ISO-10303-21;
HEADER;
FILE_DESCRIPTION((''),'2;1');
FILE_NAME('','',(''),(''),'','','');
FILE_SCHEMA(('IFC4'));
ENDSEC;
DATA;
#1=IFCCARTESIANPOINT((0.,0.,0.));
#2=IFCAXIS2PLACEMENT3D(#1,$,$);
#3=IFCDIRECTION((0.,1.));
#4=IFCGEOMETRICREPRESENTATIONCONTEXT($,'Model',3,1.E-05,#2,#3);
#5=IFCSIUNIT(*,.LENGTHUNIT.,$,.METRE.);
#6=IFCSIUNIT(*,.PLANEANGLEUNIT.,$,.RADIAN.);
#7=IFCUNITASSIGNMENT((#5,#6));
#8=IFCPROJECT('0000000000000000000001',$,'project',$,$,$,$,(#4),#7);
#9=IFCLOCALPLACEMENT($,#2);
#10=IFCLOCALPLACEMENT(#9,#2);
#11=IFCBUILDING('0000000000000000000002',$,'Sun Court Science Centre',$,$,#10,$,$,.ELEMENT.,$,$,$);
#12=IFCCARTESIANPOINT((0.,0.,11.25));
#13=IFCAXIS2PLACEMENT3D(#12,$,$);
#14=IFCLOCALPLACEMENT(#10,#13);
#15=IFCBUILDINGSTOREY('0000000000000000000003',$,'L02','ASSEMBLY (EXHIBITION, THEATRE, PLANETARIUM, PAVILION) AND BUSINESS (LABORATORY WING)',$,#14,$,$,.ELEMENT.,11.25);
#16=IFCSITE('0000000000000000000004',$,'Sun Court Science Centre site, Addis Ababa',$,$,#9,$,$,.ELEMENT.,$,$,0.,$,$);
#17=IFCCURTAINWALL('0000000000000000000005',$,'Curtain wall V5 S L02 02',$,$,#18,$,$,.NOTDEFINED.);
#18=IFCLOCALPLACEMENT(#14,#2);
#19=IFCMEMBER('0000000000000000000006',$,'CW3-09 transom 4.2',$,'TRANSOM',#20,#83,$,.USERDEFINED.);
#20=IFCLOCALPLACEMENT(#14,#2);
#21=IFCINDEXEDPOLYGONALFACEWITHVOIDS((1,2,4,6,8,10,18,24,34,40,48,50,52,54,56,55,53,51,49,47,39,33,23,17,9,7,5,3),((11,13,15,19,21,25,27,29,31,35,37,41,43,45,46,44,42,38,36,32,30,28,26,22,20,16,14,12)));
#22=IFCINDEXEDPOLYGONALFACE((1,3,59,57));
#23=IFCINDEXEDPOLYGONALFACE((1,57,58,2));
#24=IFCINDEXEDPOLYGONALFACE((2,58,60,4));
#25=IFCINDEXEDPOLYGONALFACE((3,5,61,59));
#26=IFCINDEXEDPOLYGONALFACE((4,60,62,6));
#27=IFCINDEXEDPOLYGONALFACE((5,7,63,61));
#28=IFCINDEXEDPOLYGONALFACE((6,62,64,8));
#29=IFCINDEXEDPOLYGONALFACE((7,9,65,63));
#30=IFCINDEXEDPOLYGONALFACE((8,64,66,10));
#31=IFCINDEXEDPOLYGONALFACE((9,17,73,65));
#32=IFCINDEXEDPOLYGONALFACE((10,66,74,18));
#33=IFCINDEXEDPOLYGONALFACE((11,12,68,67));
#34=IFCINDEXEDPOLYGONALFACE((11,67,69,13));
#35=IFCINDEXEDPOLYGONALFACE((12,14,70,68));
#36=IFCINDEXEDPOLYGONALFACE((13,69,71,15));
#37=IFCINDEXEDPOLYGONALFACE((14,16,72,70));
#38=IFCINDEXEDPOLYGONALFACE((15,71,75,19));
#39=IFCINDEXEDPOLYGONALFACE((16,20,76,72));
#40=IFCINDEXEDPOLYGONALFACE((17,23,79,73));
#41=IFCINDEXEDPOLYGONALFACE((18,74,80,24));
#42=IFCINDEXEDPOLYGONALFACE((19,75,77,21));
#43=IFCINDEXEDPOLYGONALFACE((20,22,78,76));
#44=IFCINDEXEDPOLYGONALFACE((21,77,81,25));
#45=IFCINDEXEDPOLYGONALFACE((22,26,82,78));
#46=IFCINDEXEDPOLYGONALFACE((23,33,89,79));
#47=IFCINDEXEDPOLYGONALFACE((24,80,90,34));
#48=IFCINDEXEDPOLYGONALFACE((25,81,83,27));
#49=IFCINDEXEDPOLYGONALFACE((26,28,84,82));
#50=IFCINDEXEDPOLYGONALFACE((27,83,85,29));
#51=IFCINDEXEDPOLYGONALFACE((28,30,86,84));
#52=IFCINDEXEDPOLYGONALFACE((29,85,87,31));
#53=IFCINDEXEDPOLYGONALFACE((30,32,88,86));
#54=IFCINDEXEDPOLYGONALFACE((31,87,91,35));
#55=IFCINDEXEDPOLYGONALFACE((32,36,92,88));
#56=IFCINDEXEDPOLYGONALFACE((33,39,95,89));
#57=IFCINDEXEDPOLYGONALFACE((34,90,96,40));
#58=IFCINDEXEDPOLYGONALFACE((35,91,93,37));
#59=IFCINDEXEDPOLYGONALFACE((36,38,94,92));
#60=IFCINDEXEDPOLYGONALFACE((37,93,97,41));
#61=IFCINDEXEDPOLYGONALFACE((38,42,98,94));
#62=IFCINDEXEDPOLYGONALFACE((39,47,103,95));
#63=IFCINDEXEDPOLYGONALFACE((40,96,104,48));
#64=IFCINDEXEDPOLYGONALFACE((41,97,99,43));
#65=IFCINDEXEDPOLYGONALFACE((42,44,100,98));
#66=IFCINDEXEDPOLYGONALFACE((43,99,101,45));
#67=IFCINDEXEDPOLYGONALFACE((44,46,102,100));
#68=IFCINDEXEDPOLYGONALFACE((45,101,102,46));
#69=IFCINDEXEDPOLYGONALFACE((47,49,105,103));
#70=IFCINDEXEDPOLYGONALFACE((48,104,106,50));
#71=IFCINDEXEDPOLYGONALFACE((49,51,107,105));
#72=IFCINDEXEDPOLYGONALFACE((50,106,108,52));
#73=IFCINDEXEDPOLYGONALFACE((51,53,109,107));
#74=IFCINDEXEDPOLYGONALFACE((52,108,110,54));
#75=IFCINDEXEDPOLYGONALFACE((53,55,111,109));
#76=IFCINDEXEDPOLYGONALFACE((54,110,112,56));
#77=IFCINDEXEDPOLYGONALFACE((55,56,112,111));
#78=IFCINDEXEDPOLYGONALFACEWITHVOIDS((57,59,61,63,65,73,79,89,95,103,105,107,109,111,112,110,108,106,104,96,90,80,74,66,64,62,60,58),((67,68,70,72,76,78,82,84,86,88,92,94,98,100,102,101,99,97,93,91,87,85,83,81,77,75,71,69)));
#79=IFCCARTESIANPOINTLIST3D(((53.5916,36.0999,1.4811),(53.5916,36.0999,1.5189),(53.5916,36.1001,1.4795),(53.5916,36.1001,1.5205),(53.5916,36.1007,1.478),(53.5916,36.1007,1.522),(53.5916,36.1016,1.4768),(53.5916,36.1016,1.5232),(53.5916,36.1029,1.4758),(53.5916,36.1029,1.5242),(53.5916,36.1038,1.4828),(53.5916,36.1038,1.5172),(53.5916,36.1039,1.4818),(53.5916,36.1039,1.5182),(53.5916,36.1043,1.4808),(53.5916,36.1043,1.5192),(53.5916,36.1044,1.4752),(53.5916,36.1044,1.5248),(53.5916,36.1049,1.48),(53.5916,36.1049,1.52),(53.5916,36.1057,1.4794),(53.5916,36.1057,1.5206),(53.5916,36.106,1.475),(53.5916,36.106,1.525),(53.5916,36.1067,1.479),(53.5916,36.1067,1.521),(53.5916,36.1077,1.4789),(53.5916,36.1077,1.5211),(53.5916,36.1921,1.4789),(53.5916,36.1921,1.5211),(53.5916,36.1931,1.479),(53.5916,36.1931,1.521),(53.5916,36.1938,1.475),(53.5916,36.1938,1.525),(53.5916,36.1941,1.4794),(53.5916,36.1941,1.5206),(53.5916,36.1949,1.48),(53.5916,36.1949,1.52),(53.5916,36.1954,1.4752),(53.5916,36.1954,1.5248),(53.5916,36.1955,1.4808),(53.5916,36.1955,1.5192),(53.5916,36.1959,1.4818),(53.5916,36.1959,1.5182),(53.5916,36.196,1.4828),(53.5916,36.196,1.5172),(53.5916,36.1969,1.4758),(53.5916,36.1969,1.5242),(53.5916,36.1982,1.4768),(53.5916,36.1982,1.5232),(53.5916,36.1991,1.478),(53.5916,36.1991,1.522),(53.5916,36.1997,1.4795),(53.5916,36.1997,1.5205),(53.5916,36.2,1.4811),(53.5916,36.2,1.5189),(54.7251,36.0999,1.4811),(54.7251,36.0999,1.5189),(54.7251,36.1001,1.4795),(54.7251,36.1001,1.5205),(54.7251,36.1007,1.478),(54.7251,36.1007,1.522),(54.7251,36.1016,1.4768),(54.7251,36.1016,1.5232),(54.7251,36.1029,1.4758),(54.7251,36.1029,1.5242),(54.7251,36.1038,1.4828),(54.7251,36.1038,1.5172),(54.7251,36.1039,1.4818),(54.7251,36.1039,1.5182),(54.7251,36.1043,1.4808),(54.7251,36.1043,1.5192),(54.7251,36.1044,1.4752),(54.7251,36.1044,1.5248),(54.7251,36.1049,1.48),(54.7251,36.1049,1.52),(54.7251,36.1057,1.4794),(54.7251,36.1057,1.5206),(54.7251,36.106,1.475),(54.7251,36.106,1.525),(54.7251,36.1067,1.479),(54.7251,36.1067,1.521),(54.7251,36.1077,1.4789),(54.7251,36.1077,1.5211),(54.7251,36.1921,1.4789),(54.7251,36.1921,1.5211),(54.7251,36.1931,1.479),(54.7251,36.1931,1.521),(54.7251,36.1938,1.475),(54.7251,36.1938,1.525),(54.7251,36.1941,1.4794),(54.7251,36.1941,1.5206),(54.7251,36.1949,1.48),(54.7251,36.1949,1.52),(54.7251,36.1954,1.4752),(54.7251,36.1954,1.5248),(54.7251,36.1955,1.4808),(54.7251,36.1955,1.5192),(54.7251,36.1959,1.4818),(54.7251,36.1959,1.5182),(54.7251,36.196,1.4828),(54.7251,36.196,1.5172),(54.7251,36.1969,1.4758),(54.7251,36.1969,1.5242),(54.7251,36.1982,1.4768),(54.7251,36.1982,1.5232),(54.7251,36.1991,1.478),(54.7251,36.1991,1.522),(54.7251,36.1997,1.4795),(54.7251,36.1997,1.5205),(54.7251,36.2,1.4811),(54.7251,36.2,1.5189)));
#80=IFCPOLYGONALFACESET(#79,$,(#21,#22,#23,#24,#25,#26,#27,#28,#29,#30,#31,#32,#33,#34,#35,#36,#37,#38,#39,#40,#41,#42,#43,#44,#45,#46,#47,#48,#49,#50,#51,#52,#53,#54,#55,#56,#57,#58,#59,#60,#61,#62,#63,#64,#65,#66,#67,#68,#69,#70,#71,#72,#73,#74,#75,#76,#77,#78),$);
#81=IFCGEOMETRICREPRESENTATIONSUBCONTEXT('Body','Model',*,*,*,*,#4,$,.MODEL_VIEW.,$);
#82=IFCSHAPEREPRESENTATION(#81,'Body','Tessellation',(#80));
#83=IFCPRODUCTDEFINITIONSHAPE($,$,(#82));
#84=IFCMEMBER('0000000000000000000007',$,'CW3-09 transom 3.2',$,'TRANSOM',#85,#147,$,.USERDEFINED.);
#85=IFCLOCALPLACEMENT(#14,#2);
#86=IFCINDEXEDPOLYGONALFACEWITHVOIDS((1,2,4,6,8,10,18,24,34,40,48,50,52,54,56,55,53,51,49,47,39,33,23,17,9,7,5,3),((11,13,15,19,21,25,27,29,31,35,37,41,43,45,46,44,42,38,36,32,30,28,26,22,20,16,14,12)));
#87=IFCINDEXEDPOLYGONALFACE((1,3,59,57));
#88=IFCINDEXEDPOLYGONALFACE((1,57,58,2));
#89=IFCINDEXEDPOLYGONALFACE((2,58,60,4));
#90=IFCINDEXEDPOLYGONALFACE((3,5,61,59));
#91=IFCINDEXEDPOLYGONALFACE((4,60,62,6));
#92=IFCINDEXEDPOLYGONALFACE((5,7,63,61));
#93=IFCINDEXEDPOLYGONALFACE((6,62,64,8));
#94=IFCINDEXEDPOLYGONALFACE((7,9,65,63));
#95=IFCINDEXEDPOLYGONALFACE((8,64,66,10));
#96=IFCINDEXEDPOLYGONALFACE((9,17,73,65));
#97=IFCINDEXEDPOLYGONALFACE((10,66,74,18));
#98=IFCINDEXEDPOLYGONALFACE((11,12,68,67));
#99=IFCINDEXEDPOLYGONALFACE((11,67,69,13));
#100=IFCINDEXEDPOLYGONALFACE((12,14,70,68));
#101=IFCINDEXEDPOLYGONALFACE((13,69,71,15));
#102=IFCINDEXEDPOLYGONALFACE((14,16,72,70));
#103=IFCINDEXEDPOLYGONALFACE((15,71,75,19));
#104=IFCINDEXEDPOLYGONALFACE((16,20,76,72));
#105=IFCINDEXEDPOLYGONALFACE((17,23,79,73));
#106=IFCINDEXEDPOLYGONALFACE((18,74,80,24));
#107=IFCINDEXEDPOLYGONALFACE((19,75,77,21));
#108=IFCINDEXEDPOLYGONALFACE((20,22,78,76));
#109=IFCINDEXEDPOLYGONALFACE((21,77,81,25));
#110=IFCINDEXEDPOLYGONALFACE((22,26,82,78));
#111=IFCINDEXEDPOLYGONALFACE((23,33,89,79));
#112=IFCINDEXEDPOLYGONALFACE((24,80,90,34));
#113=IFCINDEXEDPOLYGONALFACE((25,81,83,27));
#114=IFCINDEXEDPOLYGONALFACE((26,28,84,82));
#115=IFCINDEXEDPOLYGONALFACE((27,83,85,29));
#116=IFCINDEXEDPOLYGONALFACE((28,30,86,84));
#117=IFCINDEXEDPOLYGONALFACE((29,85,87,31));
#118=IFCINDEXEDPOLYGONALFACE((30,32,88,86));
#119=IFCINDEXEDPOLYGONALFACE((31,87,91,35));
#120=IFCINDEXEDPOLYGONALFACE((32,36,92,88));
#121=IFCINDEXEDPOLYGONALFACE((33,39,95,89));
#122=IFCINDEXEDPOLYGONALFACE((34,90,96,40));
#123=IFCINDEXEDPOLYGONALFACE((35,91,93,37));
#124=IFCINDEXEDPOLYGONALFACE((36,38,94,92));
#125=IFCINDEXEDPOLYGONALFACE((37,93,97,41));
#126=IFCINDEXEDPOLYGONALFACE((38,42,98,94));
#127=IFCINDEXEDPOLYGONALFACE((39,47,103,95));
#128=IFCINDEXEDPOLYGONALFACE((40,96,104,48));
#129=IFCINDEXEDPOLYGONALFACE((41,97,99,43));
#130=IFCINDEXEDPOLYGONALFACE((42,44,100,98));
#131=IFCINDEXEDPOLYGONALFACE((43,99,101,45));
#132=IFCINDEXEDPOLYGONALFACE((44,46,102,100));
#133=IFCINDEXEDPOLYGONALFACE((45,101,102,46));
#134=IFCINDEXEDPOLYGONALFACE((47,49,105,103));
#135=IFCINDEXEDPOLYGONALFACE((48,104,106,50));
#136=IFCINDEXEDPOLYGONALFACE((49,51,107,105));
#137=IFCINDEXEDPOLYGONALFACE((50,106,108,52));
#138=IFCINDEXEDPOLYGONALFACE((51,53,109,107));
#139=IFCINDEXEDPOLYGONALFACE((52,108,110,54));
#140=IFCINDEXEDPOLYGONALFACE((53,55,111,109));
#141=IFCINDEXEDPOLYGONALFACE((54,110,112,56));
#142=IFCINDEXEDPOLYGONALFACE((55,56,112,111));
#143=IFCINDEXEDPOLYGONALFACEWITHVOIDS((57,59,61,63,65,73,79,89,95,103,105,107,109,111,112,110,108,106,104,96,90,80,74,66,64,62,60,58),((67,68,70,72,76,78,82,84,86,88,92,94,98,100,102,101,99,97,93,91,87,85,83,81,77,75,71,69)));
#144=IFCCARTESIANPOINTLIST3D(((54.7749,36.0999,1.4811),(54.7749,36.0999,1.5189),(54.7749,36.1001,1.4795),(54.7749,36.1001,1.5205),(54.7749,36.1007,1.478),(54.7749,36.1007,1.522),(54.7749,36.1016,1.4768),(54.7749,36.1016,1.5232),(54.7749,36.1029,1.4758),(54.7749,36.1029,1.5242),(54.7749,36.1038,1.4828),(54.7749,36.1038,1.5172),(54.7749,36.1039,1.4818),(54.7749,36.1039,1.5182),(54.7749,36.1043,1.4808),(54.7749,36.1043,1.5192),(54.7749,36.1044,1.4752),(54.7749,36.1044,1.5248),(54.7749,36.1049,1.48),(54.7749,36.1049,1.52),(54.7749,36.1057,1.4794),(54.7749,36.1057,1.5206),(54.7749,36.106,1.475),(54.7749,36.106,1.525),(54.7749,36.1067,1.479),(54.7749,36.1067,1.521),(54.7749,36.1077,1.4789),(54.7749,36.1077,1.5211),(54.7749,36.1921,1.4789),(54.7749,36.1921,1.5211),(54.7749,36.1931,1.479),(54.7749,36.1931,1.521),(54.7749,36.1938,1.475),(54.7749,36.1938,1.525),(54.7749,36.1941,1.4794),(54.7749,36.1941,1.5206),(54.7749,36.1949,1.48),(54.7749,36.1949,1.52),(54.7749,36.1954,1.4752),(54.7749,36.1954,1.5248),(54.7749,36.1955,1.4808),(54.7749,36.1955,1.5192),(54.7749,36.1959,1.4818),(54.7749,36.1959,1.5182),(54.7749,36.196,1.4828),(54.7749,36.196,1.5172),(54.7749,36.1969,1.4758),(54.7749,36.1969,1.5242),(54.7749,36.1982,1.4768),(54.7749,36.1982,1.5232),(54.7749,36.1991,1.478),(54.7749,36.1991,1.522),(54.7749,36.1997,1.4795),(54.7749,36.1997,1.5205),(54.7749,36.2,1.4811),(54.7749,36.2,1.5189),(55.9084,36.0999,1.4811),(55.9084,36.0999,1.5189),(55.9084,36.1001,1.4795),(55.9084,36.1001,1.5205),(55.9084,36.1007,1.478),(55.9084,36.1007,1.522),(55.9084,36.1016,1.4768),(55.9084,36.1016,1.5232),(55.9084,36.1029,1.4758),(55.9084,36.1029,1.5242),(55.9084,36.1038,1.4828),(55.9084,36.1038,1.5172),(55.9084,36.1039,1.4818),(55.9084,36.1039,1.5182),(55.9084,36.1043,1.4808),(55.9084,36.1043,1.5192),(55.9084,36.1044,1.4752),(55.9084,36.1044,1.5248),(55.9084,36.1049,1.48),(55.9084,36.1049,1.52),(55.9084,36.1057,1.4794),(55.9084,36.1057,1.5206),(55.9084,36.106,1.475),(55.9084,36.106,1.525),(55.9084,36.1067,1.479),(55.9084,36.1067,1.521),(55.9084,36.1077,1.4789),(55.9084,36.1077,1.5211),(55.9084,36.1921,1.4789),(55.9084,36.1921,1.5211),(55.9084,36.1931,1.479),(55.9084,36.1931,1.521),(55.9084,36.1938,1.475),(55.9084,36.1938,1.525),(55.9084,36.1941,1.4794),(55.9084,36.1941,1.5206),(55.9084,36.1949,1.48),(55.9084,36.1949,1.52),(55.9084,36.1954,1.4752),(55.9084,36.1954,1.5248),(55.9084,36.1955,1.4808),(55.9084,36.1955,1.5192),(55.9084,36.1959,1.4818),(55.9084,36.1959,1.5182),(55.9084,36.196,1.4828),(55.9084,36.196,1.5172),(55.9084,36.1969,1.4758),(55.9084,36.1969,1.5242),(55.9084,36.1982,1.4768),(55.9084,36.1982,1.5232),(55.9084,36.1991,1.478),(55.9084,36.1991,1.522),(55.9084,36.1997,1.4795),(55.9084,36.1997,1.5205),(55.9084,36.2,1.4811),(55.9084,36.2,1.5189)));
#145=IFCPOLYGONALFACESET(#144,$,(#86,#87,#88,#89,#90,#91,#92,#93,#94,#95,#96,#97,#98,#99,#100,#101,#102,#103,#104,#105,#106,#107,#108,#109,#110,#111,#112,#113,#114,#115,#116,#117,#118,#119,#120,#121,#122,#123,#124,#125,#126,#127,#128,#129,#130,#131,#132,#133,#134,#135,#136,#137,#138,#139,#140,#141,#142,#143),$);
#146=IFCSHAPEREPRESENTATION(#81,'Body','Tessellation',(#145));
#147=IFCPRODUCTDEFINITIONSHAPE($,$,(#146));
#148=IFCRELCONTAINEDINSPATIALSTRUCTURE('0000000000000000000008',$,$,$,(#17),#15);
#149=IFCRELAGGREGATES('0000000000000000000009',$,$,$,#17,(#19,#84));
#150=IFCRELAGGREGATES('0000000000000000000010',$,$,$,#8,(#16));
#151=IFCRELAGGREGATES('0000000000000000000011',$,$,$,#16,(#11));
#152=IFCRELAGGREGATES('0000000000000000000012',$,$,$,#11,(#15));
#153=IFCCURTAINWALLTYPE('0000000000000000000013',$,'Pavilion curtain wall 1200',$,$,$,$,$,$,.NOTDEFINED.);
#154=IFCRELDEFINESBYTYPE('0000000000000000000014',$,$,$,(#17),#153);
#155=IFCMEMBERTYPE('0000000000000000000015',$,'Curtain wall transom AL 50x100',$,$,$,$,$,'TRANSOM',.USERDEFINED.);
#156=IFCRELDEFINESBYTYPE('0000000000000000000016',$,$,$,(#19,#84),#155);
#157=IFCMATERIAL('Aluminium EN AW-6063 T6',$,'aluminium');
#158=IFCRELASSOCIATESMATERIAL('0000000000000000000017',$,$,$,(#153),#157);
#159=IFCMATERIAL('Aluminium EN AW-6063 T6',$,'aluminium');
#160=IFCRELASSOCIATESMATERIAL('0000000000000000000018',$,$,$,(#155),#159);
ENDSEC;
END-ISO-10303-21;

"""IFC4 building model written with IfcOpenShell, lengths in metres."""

from ifc_helpers import new_model, si_unit, direction, frame, origin, origin_2d, place, context, subcontext, project, spatial, hollow_rectangle, extrude, material, material_profile, profile_set, type_object, element, aggregate, save


model = new_model("IFC4")

# Units and contexts
model_context = context("Model", 3, precision=1e-05, world=origin(), true_north=direction((0.0, 1.0)))
body_context = subcontext(model_context, "Body", "Model", "MODEL_VIEW")
ifc_project = project(units=[si_unit("LENGTHUNIT", "METRE"), si_unit("PLANEANGLEUNIT", "RADIAN")], contexts=[model_context])

# Site, building, storey
site_placement = place(None, origin())
site = spatial("IfcSite", under=ifc_project, at=site_placement, Name="Sun Court Science Centre site, Addis Ababa", CompositionType="ELEMENT", RefElevation=0.0)
building_placement = place(site_placement, origin())
building = spatial("IfcBuilding", under=site, at=building_placement, Name="Sun Court Science Centre", CompositionType="ELEMENT")
storey_placement = place(building_placement, frame((0.0, 0.0, 11.25)))
storey = spatial("IfcBuildingStorey", under=building, at=storey_placement, Name="L02", Description="ASSEMBLY (EXHIBITION, THEATRE, PLANETARIUM, PAVILION) AND BUSINESS (LABORATORY WING)", CompositionType="ELEMENT", Elevation=11.25)

# Curtain wall, members
ifc_material_1 = material(Name="Aluminium EN AW-6063 T6", Category="aluminium")
curtain_wall_type = type_object("IfcCurtainWallType", Name="Pavilion curtain wall 1200", PredefinedType="NOTDEFINED", material=ifc_material_1)
curtain_wall_placement = place(storey_placement, origin())
curtain_wall = element("IfcCurtainWall", 1, at=curtain_wall_placement, inside=storey, type_object=curtain_wall_type, Name="Curtain wall V5 S L02 02", PredefinedType="NOTDEFINED")
ifc_material_2 = material(Name="Aluminium EN AW-6063 T6", Category="aluminium")
ifc_material_profile_1 = material_profile(ifc_material_2, hollow_rectangle(XDim=0.05, YDim=0.1001, WallThickness=0.0039, InnerFilletRadius=0.0039, OuterFilletRadius=0.0061, at=origin_2d()), Name="AL 50x100x4")
ifc_profile_set_1 = profile_set([ifc_material_profile_1], Name="Aluminium EN AW-6063 T6")
member_type_1 = type_object("IfcMemberType", Name="Curtain wall transom AL 50x100", ElementType="TRANSOM", PredefinedType="USERDEFINED", material=ifc_profile_set_1)
member_1_placement = place(storey_placement, frame((54.7251, 36.1499, 1.5), z_axis=(-1.0, 0.0, 0.0), x_axis=(0.0, 0.0, 1.0)))
member_1 = element("IfcMember", 2, at=member_1_placement, type_object=member_type_1, Name="CW3-09 transom 4.2", ObjectType="TRANSOM", PredefinedType="USERDEFINED", context=body_context, shape_type="SweptSolid", body=[
    extrude(hollow_rectangle(XDim=0.05, YDim=0.1001, WallThickness=0.0039, InnerFilletRadius=0.0039, OuterFilletRadius=0.0061, at=origin_2d()), origin(), (0.0, 0.0, 1.0), 1.1335),
])
member_2_placement = place(storey_placement, frame((55.9084, 36.1499, 1.5), z_axis=(-1.0, 0.0, 0.0), x_axis=(0.0, 0.0, 1.0)))
member_2 = element("IfcMember", 3, at=member_2_placement, type_object=member_type_1, Name="CW3-09 transom 3.2", ObjectType="TRANSOM", PredefinedType="USERDEFINED", context=body_context, shape_type="SweptSolid", body=[
    extrude(hollow_rectangle(XDim=0.05, YDim=0.1001, WallThickness=0.0039, InnerFilletRadius=0.0039, OuterFilletRadius=0.0061, at=origin_2d()), origin(), (0.0, 0.0, 1.0), 1.1335),
])
aggregate(curtain_wall, [member_1, member_2])

save(model, "model.ifc")
